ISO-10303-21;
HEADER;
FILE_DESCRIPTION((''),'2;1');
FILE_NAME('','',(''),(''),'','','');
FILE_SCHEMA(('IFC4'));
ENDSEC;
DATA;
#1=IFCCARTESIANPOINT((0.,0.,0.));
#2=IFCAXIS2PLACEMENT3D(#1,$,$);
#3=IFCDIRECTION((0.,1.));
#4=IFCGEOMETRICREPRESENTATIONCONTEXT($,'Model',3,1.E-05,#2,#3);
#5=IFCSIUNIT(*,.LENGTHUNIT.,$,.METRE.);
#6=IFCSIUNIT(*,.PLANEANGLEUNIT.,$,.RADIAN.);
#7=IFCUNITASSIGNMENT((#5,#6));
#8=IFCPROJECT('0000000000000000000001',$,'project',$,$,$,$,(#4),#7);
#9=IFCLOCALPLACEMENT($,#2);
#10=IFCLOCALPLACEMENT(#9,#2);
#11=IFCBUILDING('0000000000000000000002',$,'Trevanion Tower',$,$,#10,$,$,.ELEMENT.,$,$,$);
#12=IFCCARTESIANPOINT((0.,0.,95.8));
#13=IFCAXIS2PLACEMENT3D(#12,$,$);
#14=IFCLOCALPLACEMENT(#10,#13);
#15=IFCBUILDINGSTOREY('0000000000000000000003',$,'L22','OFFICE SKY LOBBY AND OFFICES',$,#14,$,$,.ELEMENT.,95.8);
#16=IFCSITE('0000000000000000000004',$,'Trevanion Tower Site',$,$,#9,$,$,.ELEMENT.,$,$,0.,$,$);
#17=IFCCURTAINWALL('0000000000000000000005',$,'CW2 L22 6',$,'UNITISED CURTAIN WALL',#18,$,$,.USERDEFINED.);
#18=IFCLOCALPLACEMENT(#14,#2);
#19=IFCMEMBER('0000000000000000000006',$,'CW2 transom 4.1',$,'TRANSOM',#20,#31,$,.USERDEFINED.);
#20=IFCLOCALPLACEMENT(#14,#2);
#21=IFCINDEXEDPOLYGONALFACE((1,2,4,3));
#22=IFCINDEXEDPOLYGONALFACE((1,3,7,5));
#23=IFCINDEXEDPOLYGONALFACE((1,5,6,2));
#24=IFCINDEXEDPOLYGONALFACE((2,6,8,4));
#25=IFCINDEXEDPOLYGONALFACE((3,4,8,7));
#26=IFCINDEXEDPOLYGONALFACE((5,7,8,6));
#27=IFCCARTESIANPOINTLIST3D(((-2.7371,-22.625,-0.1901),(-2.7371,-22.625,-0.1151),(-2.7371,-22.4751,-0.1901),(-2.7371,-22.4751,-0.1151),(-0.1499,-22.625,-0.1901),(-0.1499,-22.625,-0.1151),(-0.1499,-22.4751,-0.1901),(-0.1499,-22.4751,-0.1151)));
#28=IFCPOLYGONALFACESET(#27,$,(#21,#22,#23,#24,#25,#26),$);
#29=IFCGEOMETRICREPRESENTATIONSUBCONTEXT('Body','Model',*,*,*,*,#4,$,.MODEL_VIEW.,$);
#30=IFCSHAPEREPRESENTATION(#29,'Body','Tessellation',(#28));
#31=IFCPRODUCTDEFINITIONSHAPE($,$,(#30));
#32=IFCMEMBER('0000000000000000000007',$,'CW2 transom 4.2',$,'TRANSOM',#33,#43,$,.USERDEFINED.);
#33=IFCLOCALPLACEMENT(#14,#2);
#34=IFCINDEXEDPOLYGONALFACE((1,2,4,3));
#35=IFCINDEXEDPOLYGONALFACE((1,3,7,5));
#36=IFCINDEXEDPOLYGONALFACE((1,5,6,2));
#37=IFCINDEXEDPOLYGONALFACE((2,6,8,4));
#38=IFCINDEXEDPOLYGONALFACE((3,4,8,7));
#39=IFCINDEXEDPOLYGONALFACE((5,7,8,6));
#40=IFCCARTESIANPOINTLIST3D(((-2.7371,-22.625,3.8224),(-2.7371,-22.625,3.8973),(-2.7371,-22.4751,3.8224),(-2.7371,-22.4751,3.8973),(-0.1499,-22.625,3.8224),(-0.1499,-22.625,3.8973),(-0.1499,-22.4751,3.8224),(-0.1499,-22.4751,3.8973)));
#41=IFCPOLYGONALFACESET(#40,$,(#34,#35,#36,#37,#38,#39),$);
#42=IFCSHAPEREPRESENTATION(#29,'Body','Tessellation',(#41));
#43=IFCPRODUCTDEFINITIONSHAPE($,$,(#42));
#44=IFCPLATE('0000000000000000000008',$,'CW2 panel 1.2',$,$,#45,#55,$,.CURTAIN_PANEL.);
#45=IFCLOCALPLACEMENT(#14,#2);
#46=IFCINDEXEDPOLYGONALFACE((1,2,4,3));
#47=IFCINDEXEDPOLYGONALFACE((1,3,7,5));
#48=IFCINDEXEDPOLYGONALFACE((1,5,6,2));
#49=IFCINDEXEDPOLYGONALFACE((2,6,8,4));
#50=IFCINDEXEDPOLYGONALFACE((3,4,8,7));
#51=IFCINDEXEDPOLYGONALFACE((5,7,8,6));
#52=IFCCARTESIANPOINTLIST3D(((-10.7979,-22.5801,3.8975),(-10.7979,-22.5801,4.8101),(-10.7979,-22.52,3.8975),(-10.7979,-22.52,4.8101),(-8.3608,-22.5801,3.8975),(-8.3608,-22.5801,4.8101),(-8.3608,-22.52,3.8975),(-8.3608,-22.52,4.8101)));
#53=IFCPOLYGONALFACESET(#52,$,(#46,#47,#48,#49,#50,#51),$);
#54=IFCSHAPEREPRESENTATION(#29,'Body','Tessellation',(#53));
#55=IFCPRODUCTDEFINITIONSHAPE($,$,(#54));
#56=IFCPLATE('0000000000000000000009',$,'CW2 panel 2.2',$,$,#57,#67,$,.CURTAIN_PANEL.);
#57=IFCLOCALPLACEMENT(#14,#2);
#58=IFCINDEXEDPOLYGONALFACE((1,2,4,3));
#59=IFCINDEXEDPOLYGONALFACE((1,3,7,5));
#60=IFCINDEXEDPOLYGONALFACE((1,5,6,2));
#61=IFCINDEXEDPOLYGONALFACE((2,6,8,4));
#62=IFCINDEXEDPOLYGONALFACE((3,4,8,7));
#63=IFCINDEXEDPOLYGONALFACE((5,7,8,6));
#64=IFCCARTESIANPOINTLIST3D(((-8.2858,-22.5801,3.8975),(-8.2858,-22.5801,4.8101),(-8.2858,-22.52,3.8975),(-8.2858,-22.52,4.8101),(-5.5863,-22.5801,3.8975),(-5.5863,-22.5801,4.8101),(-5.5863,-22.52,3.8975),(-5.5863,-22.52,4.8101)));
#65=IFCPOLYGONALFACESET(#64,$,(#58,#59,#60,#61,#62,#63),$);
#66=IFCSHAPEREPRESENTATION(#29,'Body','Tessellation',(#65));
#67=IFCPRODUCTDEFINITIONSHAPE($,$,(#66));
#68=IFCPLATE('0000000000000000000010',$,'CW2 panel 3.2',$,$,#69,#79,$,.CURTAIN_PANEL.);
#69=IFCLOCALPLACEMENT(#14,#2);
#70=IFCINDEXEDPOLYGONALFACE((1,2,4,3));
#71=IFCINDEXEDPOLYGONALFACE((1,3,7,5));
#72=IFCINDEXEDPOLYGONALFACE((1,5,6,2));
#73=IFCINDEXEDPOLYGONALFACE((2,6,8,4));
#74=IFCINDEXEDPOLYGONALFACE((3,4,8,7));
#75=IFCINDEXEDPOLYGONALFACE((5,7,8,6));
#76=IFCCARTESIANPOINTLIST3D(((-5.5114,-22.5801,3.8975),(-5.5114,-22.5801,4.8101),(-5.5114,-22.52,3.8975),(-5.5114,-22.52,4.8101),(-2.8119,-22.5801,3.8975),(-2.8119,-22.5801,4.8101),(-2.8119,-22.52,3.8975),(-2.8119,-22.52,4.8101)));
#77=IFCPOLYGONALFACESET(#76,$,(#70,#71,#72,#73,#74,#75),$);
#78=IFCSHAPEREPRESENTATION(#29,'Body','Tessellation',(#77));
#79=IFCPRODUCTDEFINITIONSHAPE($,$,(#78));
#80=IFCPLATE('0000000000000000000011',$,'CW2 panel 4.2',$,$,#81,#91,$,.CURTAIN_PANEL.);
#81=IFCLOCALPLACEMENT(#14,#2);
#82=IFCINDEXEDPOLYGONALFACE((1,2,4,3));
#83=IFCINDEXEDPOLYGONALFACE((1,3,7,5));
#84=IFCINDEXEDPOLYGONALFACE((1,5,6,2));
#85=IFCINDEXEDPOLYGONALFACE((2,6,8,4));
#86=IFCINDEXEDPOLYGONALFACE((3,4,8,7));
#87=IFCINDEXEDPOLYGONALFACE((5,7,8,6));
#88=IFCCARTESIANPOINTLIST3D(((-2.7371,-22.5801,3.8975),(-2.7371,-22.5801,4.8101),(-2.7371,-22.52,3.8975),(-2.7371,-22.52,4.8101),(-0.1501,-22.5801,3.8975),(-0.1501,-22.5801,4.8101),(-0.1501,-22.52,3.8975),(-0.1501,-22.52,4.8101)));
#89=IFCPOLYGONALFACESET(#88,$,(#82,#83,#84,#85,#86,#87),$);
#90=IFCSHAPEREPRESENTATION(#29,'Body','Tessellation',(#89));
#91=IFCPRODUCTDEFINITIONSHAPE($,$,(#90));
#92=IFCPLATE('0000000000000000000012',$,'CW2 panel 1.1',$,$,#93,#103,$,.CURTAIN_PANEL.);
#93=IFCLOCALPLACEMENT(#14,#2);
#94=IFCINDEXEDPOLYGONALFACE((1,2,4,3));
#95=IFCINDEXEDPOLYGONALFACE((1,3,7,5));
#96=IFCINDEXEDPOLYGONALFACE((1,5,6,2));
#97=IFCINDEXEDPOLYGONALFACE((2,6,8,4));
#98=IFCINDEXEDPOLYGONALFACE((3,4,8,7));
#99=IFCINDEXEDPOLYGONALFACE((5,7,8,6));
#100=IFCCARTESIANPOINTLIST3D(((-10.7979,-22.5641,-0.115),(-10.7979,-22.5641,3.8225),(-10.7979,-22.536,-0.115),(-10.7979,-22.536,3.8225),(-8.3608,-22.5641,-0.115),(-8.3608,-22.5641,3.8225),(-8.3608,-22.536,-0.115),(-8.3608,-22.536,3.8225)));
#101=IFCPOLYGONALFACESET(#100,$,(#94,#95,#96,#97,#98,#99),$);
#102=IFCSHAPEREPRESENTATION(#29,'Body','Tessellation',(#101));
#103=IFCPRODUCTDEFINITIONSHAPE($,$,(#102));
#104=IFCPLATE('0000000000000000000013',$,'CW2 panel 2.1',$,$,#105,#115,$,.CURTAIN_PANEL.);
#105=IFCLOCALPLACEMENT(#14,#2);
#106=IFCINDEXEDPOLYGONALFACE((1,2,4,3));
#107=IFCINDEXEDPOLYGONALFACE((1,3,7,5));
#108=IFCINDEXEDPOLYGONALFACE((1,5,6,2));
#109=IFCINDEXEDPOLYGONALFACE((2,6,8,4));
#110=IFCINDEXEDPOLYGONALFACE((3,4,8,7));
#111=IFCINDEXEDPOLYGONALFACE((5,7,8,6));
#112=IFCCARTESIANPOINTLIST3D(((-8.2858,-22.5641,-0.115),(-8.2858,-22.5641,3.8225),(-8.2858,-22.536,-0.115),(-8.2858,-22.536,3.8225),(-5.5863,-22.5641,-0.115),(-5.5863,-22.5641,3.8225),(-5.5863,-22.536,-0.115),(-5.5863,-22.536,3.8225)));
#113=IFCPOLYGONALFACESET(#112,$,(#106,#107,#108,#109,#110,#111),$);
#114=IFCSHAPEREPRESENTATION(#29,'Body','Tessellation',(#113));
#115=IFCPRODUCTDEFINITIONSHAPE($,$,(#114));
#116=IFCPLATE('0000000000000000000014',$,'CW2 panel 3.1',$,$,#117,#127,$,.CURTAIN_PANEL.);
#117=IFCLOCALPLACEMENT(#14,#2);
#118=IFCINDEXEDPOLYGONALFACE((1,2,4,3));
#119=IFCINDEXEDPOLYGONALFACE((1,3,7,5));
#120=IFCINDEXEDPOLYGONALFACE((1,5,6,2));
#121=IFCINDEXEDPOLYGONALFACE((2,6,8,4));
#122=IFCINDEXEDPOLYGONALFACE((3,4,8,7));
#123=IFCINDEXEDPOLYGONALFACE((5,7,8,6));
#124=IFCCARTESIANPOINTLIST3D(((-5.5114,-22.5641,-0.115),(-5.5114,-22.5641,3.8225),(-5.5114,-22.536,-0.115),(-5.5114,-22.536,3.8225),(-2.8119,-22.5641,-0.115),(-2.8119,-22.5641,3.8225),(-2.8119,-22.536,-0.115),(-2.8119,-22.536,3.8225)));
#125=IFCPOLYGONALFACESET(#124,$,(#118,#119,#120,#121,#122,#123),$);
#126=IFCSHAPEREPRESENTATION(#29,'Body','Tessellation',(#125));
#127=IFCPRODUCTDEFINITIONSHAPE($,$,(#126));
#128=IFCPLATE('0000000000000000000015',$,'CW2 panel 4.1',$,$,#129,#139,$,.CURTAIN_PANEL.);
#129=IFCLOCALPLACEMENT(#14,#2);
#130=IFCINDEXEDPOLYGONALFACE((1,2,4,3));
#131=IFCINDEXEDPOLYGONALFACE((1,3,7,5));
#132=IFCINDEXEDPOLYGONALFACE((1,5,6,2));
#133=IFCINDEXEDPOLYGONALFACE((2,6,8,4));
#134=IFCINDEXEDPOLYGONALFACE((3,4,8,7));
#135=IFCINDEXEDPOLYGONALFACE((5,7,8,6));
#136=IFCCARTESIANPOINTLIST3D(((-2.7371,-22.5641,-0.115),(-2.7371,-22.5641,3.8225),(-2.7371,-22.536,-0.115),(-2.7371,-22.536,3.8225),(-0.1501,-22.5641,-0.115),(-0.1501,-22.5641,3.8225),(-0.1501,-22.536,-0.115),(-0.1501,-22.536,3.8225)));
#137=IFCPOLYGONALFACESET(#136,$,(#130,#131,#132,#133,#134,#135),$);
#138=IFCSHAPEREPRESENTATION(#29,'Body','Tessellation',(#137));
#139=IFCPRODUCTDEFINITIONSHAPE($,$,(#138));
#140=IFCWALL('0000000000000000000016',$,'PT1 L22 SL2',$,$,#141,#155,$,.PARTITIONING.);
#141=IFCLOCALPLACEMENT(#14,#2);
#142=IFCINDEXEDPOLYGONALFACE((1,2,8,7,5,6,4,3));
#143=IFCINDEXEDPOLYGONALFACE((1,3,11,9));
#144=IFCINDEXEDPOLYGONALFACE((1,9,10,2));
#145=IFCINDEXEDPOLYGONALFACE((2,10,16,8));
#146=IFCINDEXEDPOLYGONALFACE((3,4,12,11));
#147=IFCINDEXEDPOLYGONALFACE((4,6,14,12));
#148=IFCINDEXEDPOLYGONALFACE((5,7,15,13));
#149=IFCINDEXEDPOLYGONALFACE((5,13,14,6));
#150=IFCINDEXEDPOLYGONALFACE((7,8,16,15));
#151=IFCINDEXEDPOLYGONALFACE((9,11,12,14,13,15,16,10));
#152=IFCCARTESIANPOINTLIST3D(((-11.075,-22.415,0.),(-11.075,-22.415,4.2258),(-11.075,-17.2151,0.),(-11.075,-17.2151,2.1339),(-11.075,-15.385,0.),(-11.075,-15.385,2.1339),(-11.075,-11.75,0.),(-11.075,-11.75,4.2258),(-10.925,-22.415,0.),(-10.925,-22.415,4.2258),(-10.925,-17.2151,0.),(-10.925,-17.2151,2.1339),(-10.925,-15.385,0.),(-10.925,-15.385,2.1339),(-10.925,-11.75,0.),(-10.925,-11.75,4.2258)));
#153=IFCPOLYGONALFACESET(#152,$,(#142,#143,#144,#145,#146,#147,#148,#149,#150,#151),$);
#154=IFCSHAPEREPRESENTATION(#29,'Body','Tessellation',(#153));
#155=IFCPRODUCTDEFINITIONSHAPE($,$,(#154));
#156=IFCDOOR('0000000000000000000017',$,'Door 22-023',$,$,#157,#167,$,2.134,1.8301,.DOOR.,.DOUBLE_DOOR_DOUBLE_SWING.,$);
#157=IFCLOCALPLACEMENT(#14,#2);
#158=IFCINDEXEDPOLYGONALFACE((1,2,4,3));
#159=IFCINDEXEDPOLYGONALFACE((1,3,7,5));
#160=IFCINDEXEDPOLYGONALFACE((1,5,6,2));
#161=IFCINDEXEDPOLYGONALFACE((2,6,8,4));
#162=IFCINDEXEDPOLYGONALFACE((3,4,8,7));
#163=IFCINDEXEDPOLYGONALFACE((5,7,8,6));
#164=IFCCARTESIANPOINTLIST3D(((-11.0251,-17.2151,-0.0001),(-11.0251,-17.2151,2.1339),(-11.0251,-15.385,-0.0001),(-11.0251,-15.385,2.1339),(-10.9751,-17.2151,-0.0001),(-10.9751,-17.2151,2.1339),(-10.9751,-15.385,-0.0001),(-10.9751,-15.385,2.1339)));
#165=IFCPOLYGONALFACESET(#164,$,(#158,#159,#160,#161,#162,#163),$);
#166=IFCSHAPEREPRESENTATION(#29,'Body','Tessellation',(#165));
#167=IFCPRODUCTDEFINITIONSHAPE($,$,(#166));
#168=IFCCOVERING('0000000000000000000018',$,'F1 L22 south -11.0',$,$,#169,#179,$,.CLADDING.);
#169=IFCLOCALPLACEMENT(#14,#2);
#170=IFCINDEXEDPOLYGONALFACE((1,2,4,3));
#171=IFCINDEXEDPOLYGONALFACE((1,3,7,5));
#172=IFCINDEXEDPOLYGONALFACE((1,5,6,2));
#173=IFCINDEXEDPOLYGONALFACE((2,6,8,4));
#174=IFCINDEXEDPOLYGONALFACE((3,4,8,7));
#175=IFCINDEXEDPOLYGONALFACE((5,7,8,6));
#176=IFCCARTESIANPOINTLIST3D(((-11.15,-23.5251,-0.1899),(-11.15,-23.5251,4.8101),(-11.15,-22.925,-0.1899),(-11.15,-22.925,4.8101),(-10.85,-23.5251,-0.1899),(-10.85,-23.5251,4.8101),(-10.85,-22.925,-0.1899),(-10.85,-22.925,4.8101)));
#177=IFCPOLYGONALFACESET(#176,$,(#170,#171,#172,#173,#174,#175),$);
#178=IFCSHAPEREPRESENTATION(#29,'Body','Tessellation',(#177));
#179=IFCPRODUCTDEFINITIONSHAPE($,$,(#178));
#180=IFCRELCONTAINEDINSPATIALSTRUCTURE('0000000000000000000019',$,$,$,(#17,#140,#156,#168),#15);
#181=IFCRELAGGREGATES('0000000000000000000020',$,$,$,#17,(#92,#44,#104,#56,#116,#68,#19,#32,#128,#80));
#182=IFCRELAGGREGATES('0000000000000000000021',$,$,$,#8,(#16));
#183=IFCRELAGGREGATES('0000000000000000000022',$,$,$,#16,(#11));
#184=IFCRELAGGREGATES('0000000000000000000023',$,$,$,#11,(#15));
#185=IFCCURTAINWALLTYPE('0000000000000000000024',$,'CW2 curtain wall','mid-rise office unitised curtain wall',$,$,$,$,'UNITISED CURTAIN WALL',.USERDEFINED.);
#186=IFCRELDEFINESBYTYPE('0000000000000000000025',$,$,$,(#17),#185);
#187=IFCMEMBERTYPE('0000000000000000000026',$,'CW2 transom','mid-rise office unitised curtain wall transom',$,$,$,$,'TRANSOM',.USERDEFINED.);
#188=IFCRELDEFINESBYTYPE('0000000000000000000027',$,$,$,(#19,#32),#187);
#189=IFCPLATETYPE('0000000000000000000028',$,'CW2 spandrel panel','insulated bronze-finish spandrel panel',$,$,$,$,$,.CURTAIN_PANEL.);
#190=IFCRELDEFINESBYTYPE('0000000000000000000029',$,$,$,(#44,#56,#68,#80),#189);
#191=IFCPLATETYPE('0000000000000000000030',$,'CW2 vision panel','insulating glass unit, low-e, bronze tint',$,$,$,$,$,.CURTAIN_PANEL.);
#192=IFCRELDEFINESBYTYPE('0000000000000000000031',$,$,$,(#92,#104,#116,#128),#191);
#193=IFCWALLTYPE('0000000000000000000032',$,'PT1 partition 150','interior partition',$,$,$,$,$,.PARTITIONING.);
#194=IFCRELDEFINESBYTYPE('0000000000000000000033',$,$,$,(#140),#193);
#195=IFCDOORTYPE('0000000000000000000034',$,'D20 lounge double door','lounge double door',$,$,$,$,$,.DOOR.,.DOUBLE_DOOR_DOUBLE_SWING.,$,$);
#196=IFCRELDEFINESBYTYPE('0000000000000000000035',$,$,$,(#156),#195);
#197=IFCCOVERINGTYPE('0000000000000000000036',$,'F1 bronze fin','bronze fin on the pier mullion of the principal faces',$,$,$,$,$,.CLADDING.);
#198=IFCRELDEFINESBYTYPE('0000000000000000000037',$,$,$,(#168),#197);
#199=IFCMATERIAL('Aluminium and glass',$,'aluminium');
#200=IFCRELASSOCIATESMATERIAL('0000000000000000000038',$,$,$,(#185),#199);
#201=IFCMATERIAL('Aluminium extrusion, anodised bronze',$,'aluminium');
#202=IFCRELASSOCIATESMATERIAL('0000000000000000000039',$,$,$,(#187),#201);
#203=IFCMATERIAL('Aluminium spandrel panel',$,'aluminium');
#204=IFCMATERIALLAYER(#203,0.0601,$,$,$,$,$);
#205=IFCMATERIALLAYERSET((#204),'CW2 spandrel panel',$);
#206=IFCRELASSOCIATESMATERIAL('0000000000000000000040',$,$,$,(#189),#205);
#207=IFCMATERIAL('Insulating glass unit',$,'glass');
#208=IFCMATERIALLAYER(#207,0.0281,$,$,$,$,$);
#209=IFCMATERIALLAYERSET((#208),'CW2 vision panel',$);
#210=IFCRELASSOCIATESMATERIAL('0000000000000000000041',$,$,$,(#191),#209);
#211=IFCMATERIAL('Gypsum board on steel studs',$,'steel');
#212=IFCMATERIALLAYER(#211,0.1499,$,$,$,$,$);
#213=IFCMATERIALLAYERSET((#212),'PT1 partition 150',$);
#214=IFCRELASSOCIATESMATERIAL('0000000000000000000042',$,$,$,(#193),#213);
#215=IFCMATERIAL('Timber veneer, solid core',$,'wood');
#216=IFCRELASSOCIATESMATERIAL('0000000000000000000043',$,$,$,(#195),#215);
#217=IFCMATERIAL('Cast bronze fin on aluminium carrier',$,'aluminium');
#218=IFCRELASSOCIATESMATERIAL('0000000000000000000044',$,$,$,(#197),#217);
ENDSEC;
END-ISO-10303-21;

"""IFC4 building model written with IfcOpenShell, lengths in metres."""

from ifc_helpers import new_model, si_unit, direction, frame, frame_2d, origin, origin_2d, place, context, subcontext, project, spatial, rectangle, extrude, material, layer, layer_set, material_profile, profile_set, type_object, element, fill, aggregate, save


model = new_model("IFC4")

# Units and contexts
model_context = context("Model", 3, precision=1e-05, world=origin(), true_north=direction((0.0, 1.0)))
body_context = subcontext(model_context, "Body", "Model", "MODEL_VIEW")
ifc_project = project(units=[si_unit("LENGTHUNIT", "METRE"), si_unit("PLANEANGLEUNIT", "RADIAN")], contexts=[model_context])

# Site, building, storey
site_placement = place(None, origin())
site = spatial("IfcSite", under=ifc_project, at=site_placement, Name="Trevanion Tower Site", CompositionType="ELEMENT", RefElevation=0.0)
building_placement = place(site_placement, origin())
building = spatial("IfcBuilding", under=site, at=building_placement, Name="Trevanion Tower", CompositionType="ELEMENT")
storey_placement = place(building_placement, frame((0.0, 0.0, 95.8)))
storey = spatial("IfcBuildingStorey", under=building, at=storey_placement, Name="L22", Description="OFFICE SKY LOBBY AND OFFICES", CompositionType="ELEMENT", Elevation=95.8)

# Curtain wall
ifc_material_1 = material(Name="Aluminium and glass", Category="aluminium")
curtain_wall_type = type_object("IfcCurtainWallType", Name="CW2 curtain wall", Description="mid-rise office unitised curtain wall", ElementType="UNITISED CURTAIN WALL", PredefinedType="USERDEFINED", material=ifc_material_1)
curtain_wall_1_placement = place(storey_placement, origin())
curtain_wall_1 = element("IfcCurtainWall", 1, at=curtain_wall_1_placement, inside=storey, type_object=curtain_wall_type, Name="CW2 L22 6", ObjectType="UNITISED CURTAIN WALL", PredefinedType="USERDEFINED")

# Members
ifc_material_2 = material(Name="Aluminium extrusion, anodised bronze", Category="aluminium")
ifc_material_profile_1 = material_profile(ifc_material_2, rectangle(XDim=0.1499, YDim=0.075, at=origin_2d()), Name="CW2 transom")
ifc_profile_set_1 = profile_set([ifc_material_profile_1], Name="Aluminium extrusion, anodised bronze")
member_type_1 = type_object("IfcMemberType", Name="CW2 transom", Description="mid-rise office unitised curtain wall transom", ElementType="TRANSOM", PredefinedType="USERDEFINED", material=ifc_profile_set_1)
member_1_placement = place(storey_placement, frame((-2.7371, -22.55, -0.1526), z_axis=(1.0, 0.0, 0.0), x_axis=(0.0, 1.0, 0.0)))
member_1 = element("IfcMember", 2, at=member_1_placement, type_object=member_type_1, Name="CW2 transom 4.1", ObjectType="TRANSOM", PredefinedType="USERDEFINED", context=body_context, shape_type="SweptSolid", body=[
    extrude(rectangle(XDim=0.1499, YDim=0.075, at=origin_2d()), origin(), (0.0, 0.0, 1.0), 2.5872),
])
member_2_placement = place(storey_placement, frame((-2.7371, -22.55, 3.8599), z_axis=(1.0, 0.0, 0.0), x_axis=(0.0, 1.0, 0.0)))
member_2 = element("IfcMember", 3, at=member_2_placement, type_object=member_type_1, Name="CW2 transom 4.2", ObjectType="TRANSOM", PredefinedType="USERDEFINED", context=body_context, shape_type="SweptSolid", body=[
    extrude(rectangle(XDim=0.1499, YDim=0.075, at=origin_2d()), origin(), (0.0, 0.0, 1.0), 2.5872),
])

# Plates
ifc_material_3 = material(Name="Aluminium spandrel panel", Category="aluminium")
ifc_layer_1 = layer(ifc_material_3, 0.0601)
ifc_layer_set_1 = layer_set([ifc_layer_1], Name="CW2 spandrel panel")
plate_type_1 = type_object("IfcPlateType", Name="CW2 spandrel panel", Description="insulated bronze-finish spandrel panel", PredefinedType="CURTAIN_PANEL", material=ifc_layer_set_1)
plate_1_placement = place(storey_placement, frame((-9.5793, -22.55, 3.8975), z_axis=(0.0, 0.0, 1.0), x_axis=(1.0, 0.0, 0.0)))
plate_1 = element("IfcPlate", 4, at=plate_1_placement, type_object=plate_type_1, Name="CW2 panel 1.2", PredefinedType="CURTAIN_PANEL", context=body_context, shape_type="SweptSolid", body=[
    extrude(rectangle(XDim=2.437, YDim=0.0601, at=origin_2d()), origin(), (0.0, 0.0, 1.0), 0.9126),
])
plate_2_placement = place(storey_placement, frame((-6.936, -22.55, 3.8975), z_axis=(0.0, 0.0, 1.0), x_axis=(1.0, 0.0, 0.0)))
plate_2 = element("IfcPlate", 5, at=plate_2_placement, type_object=plate_type_1, Name="CW2 panel 2.2", PredefinedType="CURTAIN_PANEL", context=body_context, shape_type="SweptSolid", body=[
    extrude(rectangle(XDim=2.6995, YDim=0.0601, at=origin_2d()), origin(), (0.0, 0.0, 1.0), 0.9126),
])
plate_3_placement = place(storey_placement, frame((-4.1616, -22.55, 3.8975), z_axis=(0.0, 0.0, 1.0), x_axis=(1.0, 0.0, 0.0)))
plate_3 = element("IfcPlate", 6, at=plate_3_placement, type_object=plate_type_1, Name="CW2 panel 3.2", PredefinedType="CURTAIN_PANEL", context=body_context, shape_type="SweptSolid", body=[
    extrude(rectangle(XDim=2.6995, YDim=0.0601, at=origin_2d()), origin(), (0.0, 0.0, 1.0), 0.9126),
])
plate_4_placement = place(storey_placement, frame((-1.4436, -22.55, 3.8975), z_axis=(0.0, 0.0, 1.0), x_axis=(1.0, 0.0, 0.0)))
plate_4 = element("IfcPlate", 7, at=plate_4_placement, type_object=plate_type_1, Name="CW2 panel 4.2", PredefinedType="CURTAIN_PANEL", context=body_context, shape_type="SweptSolid", body=[
    extrude(rectangle(XDim=2.5869, YDim=0.0601, at=origin_2d()), origin(), (0.0, 0.0, 1.0), 0.9126),
])
ifc_material_4 = material(Name="Insulating glass unit", Category="glass")
ifc_layer_2 = layer(ifc_material_4, 0.0281)
ifc_layer_set_2 = layer_set([ifc_layer_2], Name="CW2 vision panel")
plate_type_2 = type_object("IfcPlateType", Name="CW2 vision panel", Description="insulating glass unit, low-e, bronze tint", PredefinedType="CURTAIN_PANEL", material=ifc_layer_set_2)
plate_5_placement = place(storey_placement, frame((-9.5793, -22.55, -0.115), z_axis=(0.0, 0.0, 1.0), x_axis=(1.0, 0.0, 0.0)))
plate_5 = element("IfcPlate", 8, at=plate_5_placement, type_object=plate_type_2, Name="CW2 panel 1.1", PredefinedType="CURTAIN_PANEL", context=body_context, shape_type="SweptSolid", body=[
    extrude(rectangle(XDim=2.437, YDim=0.0281, at=origin_2d()), origin(), (0.0, 0.0, 1.0), 3.9375),
])
plate_6_placement = place(storey_placement, frame((-6.936, -22.55, -0.115), z_axis=(0.0, 0.0, 1.0), x_axis=(1.0, 0.0, 0.0)))
plate_6 = element("IfcPlate", 9, at=plate_6_placement, type_object=plate_type_2, Name="CW2 panel 2.1", PredefinedType="CURTAIN_PANEL", context=body_context, shape_type="SweptSolid", body=[
    extrude(rectangle(XDim=2.6995, YDim=0.0281, at=origin_2d()), origin(), (0.0, 0.0, 1.0), 3.9375),
])
plate_7_placement = place(storey_placement, frame((-4.1616, -22.55, -0.115), z_axis=(0.0, 0.0, 1.0), x_axis=(1.0, 0.0, 0.0)))
plate_7 = element("IfcPlate", 10, at=plate_7_placement, type_object=plate_type_2, Name="CW2 panel 3.1", PredefinedType="CURTAIN_PANEL", context=body_context, shape_type="SweptSolid", body=[
    extrude(rectangle(XDim=2.6995, YDim=0.0281, at=origin_2d()), origin(), (0.0, 0.0, 1.0), 3.9375),
])
plate_8_placement = place(storey_placement, frame((-1.4436, -22.55, -0.115), z_axis=(0.0, 0.0, 1.0), x_axis=(1.0, 0.0, 0.0)))
plate_8 = element("IfcPlate", 11, at=plate_8_placement, type_object=plate_type_2, Name="CW2 panel 4.1", PredefinedType="CURTAIN_PANEL", context=body_context, shape_type="SweptSolid", body=[
    extrude(rectangle(XDim=2.5869, YDim=0.0281, at=origin_2d()), origin(), (0.0, 0.0, 1.0), 3.9375),
])
aggregate(curtain_wall_1, [plate_5, plate_1, plate_6, plate_2, plate_7, plate_3, member_1, member_2, plate_8, plate_4])

# Wall, opening, door
ifc_material_5 = material(Name="Gypsum board on steel studs", Category="steel")
ifc_layer_3 = layer(ifc_material_5, 0.1499)
ifc_layer_set_3 = layer_set([ifc_layer_3], Name="PT1 partition 150")
wall_type = type_object("IfcWallType", Name="PT1 partition 150", Description="interior partition", PredefinedType="PARTITIONING", material=ifc_layer_set_3)
wall_placement = place(storey_placement, frame((-11.0, -11.75, 0.0), z_axis=(0.0, 0.0, 1.0), x_axis=(0.0, -1.0, 0.0)))
wall = element("IfcWall", 12, at=wall_placement, inside=storey, type_object=wall_type, Name="PT1 L22 SL2", PredefinedType="PARTITIONING", context=body_context, shape_type="SweptSolid", body=[
    extrude(rectangle(XDim=10.665, YDim=0.1499, at=frame_2d((5.3325, 0.0))), origin(), (0.0, 0.0, 1.0), 4.2258),
])
opening_placement = place(wall_placement, frame((3.635, 0.0, 0.0)))
opening = element("IfcOpeningElement", 13, at=opening_placement, cuts=wall, PredefinedType="OPENING", context=body_context, shape_type="SweptSolid", body=[
    extrude(rectangle(XDim=1.8301, YDim=2.134, at=frame_2d((0.915, 1.0669))), frame((0.0, 0.085, 0.0), z_axis=(0.0, -1.0, 0.0), x_axis=(1.0, 0.0, 0.0)), (0.0, 0.0, 1.0), 0.1699),
])
ifc_material_6 = material(Name="Timber veneer, solid core", Category="wood")
door_type = type_object("IfcDoorType", Name="D20 lounge double door", Description="lounge double door", OperationType="DOUBLE_DOOR_DOUBLE_SWING", PredefinedType="DOOR", material=ifc_material_6)
door_placement = place(opening_placement, origin())
door = element("IfcDoor", 14, at=door_placement, inside=storey, type_object=door_type, Name="Door 22-023", OperationType="DOUBLE_DOOR_DOUBLE_SWING", OverallHeight=2.134, OverallWidth=1.8301, PredefinedType="DOOR", context=body_context, shape_type="SweptSolid", body=[
    extrude(rectangle(XDim=1.8301, YDim=2.134, at=frame_2d((0.915, 1.0669))), frame((0.0, 0.0249, 0.0), z_axis=(0.0, -1.0, 0.0), x_axis=(1.0, 0.0, 0.0)), (0.0, 0.0, 1.0), 0.05),
])
fill(opening, door)

# Covering
ifc_material_7 = material(Name="Cast bronze fin on aluminium carrier", Category="aluminium")
covering_type = type_object("IfcCoveringType", Name="F1 bronze fin", Description="bronze fin on the pier mullion of the principal faces", PredefinedType="CLADDING", material=ifc_material_7)
for number, where, z_axis, x_axis, name in (
    (15, (-11.0, -23.2251, -0.1899), (0.0, 0.0, 1.0), (1.0, 0.0, 0.0), "F1 L22 south -11.0"),
):
    element("IfcCovering", number, at=place(storey_placement, frame(where, z_axis=z_axis, x_axis=x_axis)), inside=storey, type_object=covering_type, Name=name, PredefinedType="CLADDING", context=body_context, shape_type="SweptSolid", body=[
        extrude(rectangle(XDim=0.3, YDim=0.6001, at=origin_2d()), origin(), (0.0, 0.0, 1.0), 5.0),
    ])

save(model, "model.ifc")
